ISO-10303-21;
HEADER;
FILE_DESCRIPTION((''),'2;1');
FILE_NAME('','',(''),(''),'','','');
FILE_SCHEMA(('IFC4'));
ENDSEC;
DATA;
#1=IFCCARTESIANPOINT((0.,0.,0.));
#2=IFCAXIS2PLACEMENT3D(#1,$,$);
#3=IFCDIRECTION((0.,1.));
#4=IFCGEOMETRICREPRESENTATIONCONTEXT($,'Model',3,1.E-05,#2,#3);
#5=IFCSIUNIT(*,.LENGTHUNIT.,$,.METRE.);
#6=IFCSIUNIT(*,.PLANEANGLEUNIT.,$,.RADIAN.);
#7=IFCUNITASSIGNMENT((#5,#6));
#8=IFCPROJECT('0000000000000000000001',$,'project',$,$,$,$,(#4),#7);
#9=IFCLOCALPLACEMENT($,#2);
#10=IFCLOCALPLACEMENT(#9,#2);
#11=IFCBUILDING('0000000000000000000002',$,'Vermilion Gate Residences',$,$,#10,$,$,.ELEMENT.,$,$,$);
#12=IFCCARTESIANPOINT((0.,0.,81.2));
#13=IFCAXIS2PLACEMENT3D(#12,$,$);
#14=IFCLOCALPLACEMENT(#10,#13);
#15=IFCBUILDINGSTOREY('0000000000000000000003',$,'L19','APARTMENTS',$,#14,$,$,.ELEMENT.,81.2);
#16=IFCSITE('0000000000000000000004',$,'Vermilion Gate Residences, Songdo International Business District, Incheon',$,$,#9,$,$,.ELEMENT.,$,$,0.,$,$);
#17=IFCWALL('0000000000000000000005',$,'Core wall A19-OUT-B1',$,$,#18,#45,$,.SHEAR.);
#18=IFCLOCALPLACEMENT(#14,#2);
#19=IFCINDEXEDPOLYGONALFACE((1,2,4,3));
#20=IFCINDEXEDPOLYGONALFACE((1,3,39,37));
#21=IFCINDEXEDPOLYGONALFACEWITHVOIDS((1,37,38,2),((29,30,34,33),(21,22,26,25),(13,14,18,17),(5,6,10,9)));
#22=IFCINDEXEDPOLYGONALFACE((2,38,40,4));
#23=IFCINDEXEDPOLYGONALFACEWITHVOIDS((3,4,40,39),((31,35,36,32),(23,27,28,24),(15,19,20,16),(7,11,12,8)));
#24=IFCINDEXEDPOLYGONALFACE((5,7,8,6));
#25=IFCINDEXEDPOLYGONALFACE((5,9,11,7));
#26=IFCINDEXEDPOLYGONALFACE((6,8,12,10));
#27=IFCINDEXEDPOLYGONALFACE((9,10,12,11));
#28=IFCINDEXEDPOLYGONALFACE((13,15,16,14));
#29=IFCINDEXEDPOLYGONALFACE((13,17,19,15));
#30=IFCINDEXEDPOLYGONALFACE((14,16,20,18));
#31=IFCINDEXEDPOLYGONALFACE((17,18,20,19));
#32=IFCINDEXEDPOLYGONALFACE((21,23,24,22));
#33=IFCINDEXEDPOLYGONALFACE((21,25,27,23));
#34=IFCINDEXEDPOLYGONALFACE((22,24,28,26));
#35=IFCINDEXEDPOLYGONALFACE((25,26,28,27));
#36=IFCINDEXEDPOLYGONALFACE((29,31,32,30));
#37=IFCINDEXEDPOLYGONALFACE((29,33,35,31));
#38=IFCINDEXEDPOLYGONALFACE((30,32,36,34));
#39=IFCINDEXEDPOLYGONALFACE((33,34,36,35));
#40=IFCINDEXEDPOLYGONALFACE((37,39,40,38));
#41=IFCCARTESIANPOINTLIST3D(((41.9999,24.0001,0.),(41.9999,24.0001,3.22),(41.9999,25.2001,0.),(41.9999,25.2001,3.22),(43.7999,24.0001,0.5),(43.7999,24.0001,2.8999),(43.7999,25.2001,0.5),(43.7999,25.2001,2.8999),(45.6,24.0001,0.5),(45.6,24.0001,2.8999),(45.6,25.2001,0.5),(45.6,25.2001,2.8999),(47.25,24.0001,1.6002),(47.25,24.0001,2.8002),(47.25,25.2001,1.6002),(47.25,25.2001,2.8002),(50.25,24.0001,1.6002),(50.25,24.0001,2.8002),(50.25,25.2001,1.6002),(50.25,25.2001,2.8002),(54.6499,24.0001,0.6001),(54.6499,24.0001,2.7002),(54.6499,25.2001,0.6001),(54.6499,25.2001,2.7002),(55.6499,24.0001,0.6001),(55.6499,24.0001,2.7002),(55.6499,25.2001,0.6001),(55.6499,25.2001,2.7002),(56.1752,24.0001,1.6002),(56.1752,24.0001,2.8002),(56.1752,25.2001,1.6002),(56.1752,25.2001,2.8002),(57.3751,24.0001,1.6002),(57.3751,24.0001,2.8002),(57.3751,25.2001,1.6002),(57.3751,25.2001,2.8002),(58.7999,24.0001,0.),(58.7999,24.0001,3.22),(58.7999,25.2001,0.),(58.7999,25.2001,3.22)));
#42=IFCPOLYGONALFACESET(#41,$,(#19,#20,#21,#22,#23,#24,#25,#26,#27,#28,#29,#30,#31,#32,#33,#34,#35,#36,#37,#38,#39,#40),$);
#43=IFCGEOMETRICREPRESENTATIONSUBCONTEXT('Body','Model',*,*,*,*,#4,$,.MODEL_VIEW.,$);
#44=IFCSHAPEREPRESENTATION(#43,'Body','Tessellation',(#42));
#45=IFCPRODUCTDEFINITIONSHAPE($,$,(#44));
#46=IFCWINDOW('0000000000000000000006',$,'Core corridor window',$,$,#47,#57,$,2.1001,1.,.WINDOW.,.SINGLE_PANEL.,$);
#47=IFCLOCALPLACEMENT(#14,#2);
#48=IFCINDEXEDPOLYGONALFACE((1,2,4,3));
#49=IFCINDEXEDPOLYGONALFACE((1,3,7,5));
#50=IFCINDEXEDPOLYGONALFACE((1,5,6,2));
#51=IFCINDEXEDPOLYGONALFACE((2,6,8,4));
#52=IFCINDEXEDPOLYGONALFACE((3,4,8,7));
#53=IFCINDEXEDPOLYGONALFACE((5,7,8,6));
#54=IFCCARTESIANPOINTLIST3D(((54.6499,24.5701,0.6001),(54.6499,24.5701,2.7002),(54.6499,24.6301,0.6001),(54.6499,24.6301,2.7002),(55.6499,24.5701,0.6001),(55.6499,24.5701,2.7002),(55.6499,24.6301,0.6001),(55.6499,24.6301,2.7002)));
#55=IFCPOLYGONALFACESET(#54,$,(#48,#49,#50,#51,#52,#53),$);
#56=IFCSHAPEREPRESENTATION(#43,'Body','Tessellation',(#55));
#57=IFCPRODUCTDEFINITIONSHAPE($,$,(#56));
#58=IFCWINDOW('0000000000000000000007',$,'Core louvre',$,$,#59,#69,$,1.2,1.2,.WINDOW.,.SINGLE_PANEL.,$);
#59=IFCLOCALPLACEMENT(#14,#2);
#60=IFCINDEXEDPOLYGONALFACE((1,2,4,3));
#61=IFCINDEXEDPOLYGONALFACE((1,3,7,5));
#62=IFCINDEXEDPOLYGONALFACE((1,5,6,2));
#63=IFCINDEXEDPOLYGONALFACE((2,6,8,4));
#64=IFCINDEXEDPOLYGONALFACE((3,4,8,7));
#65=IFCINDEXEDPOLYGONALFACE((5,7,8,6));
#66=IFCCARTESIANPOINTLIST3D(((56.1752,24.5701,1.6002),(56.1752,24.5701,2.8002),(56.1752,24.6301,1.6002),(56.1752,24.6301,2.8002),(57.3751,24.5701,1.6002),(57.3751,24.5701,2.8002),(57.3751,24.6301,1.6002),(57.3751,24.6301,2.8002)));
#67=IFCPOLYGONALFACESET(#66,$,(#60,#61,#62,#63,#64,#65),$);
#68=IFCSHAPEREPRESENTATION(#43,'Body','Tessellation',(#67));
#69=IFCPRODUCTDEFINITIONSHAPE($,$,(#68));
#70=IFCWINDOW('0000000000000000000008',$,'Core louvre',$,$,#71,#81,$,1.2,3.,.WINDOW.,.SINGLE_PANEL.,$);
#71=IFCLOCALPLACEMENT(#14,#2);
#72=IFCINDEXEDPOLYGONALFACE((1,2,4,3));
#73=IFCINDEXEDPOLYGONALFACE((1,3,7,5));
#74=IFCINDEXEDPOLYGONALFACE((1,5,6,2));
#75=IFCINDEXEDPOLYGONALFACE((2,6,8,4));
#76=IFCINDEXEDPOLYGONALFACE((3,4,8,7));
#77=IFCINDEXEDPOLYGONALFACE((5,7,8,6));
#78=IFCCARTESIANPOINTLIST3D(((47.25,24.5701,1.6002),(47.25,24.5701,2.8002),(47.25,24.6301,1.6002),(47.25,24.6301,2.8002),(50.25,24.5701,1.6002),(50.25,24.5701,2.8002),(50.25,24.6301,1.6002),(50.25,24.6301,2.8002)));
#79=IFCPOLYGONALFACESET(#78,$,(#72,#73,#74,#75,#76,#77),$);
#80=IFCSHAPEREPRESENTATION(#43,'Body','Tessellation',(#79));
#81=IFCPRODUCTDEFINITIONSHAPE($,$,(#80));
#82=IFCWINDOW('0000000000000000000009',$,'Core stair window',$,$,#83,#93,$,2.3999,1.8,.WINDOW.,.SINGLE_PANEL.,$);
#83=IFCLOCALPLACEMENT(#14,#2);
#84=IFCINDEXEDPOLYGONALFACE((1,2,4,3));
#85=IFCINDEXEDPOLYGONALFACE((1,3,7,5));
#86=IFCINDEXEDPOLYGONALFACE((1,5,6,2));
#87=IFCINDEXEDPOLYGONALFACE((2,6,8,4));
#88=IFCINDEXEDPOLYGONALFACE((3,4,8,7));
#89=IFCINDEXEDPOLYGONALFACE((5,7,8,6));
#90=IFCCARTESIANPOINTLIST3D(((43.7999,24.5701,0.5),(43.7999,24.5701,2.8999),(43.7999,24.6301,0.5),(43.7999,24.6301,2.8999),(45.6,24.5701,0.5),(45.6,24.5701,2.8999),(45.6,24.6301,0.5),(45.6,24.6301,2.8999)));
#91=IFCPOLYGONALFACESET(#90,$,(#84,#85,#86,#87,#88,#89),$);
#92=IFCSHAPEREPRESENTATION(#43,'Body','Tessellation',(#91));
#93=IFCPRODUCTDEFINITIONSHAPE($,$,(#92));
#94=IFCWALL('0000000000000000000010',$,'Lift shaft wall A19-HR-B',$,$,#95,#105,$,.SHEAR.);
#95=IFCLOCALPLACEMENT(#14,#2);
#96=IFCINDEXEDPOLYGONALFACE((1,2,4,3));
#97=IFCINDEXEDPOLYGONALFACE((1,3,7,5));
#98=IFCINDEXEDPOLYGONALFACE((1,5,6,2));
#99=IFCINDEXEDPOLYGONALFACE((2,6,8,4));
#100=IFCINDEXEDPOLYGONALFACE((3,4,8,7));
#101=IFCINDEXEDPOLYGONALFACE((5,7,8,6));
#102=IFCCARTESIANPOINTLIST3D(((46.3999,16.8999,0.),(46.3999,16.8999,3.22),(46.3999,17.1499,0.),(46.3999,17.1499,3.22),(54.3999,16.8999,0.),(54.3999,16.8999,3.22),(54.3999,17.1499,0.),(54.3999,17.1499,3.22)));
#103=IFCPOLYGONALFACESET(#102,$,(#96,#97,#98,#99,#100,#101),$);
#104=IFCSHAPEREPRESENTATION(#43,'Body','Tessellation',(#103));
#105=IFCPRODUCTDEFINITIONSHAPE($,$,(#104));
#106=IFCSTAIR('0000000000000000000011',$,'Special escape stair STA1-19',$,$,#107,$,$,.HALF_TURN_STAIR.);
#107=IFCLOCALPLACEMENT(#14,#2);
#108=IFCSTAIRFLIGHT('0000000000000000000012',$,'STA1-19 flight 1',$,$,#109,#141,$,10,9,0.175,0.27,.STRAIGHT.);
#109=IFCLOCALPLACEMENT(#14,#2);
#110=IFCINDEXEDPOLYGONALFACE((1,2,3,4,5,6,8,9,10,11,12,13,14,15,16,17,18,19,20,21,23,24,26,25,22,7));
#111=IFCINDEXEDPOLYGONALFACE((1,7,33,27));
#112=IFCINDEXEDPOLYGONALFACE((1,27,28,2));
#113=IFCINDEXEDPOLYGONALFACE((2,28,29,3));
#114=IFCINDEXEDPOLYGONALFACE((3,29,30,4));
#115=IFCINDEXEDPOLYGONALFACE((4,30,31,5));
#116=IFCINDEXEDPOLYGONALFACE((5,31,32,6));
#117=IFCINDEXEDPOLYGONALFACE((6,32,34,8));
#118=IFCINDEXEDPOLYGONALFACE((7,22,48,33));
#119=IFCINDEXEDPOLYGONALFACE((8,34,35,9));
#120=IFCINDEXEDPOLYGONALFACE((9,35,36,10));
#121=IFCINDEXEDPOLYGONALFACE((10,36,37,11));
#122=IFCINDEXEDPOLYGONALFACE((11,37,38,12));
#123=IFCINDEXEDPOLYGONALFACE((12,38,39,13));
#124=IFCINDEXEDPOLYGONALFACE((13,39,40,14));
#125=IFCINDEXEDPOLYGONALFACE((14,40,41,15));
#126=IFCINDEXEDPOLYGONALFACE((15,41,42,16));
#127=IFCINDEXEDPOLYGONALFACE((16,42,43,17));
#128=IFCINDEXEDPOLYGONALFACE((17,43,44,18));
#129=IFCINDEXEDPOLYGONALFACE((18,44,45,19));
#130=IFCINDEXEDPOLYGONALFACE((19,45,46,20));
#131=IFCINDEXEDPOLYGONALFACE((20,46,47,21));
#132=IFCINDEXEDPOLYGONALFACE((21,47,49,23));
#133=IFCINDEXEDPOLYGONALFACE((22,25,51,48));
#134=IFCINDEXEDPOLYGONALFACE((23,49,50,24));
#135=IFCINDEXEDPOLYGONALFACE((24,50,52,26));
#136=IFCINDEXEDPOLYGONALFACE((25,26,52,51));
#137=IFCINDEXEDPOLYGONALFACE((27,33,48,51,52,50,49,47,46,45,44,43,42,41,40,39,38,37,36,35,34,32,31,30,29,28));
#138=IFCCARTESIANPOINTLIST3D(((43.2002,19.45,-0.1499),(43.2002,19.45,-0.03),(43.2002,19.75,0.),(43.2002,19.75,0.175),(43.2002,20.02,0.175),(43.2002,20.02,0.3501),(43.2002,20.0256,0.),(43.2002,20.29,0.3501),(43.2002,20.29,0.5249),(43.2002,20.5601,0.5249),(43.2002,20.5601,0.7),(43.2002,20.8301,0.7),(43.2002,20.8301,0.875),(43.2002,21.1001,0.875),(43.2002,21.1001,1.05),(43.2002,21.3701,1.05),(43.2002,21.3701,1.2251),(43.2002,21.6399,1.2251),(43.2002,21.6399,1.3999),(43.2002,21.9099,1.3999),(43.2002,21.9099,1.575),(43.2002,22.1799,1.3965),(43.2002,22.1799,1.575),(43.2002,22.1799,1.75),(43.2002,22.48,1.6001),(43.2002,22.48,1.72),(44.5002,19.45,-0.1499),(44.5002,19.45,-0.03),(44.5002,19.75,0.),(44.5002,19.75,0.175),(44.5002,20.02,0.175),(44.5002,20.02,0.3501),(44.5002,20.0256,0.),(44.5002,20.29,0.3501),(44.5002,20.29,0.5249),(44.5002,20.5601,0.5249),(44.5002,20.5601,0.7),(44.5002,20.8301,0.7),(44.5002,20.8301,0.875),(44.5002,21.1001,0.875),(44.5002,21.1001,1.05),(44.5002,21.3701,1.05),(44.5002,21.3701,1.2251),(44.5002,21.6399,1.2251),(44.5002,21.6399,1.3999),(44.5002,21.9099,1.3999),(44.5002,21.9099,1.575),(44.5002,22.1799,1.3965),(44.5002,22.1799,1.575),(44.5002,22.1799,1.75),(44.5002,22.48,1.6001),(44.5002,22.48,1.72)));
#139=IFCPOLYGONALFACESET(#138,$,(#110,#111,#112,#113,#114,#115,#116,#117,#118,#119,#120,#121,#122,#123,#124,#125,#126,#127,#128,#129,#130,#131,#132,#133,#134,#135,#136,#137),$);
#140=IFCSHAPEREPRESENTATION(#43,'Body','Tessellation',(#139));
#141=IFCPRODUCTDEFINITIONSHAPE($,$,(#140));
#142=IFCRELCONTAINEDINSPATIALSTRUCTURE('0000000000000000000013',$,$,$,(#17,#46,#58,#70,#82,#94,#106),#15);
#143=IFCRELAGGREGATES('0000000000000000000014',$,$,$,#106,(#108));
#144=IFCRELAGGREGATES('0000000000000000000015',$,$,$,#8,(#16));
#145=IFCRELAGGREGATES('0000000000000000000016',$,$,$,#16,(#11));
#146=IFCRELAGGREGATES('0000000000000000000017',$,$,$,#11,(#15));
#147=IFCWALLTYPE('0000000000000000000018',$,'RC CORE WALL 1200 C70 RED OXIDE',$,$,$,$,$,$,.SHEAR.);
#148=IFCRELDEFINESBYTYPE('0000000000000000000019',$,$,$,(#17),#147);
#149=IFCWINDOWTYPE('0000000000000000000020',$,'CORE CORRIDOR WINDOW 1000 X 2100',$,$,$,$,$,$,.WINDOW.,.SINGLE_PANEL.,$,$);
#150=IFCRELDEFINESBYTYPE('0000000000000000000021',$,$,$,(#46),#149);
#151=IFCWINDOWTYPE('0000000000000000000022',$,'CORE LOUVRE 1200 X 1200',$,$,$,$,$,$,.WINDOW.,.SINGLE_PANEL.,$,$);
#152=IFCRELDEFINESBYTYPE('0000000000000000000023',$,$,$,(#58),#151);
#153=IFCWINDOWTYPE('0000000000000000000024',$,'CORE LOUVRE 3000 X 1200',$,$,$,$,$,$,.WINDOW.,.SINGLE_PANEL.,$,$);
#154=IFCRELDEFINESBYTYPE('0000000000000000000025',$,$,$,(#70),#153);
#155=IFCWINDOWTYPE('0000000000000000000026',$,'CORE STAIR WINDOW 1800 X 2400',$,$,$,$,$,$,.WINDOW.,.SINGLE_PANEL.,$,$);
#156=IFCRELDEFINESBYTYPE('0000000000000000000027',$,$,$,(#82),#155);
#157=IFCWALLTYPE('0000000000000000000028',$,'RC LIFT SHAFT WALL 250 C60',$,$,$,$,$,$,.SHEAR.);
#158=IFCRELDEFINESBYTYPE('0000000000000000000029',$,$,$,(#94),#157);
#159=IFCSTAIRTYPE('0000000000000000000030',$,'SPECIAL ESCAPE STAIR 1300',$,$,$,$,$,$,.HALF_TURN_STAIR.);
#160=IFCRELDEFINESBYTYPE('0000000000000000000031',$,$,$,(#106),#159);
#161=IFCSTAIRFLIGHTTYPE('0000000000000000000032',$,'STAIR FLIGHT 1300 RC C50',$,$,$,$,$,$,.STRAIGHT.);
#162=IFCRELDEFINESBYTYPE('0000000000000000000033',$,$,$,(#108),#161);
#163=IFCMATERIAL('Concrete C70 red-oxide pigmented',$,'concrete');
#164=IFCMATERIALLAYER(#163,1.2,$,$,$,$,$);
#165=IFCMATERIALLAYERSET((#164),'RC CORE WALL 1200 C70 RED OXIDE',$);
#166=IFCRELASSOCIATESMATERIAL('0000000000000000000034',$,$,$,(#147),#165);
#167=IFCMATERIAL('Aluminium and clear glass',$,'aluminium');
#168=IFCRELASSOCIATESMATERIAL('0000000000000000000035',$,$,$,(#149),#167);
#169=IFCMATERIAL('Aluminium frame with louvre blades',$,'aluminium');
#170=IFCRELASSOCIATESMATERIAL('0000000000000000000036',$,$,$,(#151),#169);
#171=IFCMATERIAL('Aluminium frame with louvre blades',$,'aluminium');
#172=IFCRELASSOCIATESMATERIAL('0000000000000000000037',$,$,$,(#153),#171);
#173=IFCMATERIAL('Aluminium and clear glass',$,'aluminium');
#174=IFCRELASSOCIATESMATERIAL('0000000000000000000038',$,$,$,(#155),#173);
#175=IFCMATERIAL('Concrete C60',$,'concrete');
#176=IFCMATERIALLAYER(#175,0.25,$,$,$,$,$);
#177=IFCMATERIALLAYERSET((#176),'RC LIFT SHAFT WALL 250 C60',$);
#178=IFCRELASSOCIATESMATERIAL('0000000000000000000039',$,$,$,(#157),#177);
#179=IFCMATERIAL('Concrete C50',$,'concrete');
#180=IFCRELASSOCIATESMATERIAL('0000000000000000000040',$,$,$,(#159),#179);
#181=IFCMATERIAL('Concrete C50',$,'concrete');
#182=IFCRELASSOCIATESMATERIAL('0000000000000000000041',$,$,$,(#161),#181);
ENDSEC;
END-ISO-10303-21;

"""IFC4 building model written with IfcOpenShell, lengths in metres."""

from ifc_helpers import new_model, si_unit, direction, frame, frame_2d, origin, place, context, subcontext, project, spatial, polyline, rectangle, outline, extrude, material, layer, layer_set, type_object, element, fill, aggregate, save


model = new_model("IFC4")

# Units and contexts
model_context = context("Model", 3, precision=1e-05, world=origin(), true_north=direction((0.0, 1.0)))
body_context = subcontext(model_context, "Body", "Model", "MODEL_VIEW")
ifc_project = project(units=[si_unit("LENGTHUNIT", "METRE"), si_unit("PLANEANGLEUNIT", "RADIAN")], contexts=[model_context])

# Site, building, storey
site_placement = place(None, origin())
site = spatial("IfcSite", under=ifc_project, at=site_placement, Name="Vermilion Gate Residences, Songdo International Business District, Incheon", CompositionType="ELEMENT", RefElevation=0.0)
building_placement = place(site_placement, origin())
building = spatial("IfcBuilding", under=site, at=building_placement, Name="Vermilion Gate Residences", CompositionType="ELEMENT")
storey_placement = place(building_placement, frame((0.0, 0.0, 81.2)))
storey = spatial("IfcBuildingStorey", under=building, at=storey_placement, Name="L19", Description="APARTMENTS", CompositionType="ELEMENT", Elevation=81.2)

# Wall, openings, windows
ifc_material_1 = material(Name="Concrete C70 red-oxide pigmented", Category="concrete")
ifc_layer_1 = layer(ifc_material_1, 1.2)
ifc_layer_set_1 = layer_set([ifc_layer_1], Name="RC CORE WALL 1200 C70 RED OXIDE")
wall_type_1 = type_object("IfcWallType", Name="RC CORE WALL 1200 C70 RED OXIDE", PredefinedType="SHEAR", material=ifc_layer_set_1)
wall_1_placement = place(storey_placement, frame((42.0, 24.6001, 0.0), z_axis=(0.0, 0.0, 1.0), x_axis=(1.0, 0.0, 0.0)))
wall_1 = element("IfcWall", 1, at=wall_1_placement, inside=storey, type_object=wall_type_1, Name="Core wall A19-OUT-B1", PredefinedType="SHEAR", context=body_context, shape_type="SweptSolid", body=[
    extrude(rectangle(XDim=16.8, YDim=1.2, at=frame_2d((8.3999, 0.0))), origin(), (0.0, 0.0, 1.0), 3.22),
])
opening_1_placement = place(wall_1_placement, frame((1.8, 0.0, 0.5)))
opening_1 = element("IfcOpeningElement", 2, at=opening_1_placement, cuts=wall_1, PredefinedType="OPENING", context=body_context, shape_type="SweptSolid", body=[
    extrude(rectangle(XDim=1.8, YDim=2.3999, at=frame_2d((0.8999, 1.2))), frame((0.0, 0.6099, 0.0), z_axis=(0.0, -1.0, 0.0), x_axis=(1.0, 0.0, 0.0)), (0.0, 0.0, 1.0), 1.22),
])
opening_2_placement = place(wall_1_placement, frame((5.25, 0.0, 1.6001)))
opening_2 = element("IfcOpeningElement", 3, at=opening_2_placement, cuts=wall_1, PredefinedType="OPENING", context=body_context, shape_type="SweptSolid", body=[
    extrude(rectangle(XDim=3.0, YDim=1.2, at=frame_2d((1.5, 0.6001))), frame((0.0, 0.6099, 0.0), z_axis=(0.0, -1.0, 0.0), x_axis=(1.0, 0.0, 0.0)), (0.0, 0.0, 1.0), 1.22),
])
opening_3_placement = place(wall_1_placement, frame((12.6499, 0.0, 0.6001)))
opening_3 = element("IfcOpeningElement", 4, at=opening_3_placement, cuts=wall_1, PredefinedType="OPENING", context=body_context, shape_type="SweptSolid", body=[
    extrude(rectangle(XDim=1.0, YDim=2.1001, at=frame_2d((0.5, 1.05))), frame((0.0, 0.6099, 0.0), z_axis=(0.0, -1.0, 0.0), x_axis=(1.0, 0.0, 0.0)), (0.0, 0.0, 1.0), 1.22),
])
opening_4_placement = place(wall_1_placement, frame((14.175, 0.0, 1.6001)))
opening_4 = element("IfcOpeningElement", 5, at=opening_4_placement, cuts=wall_1, PredefinedType="OPENING", context=body_context, shape_type="SweptSolid", body=[
    extrude(rectangle(XDim=1.2, YDim=1.2, at=frame_2d((0.6001, 0.6001))), frame((0.0, 0.6099, 0.0), z_axis=(0.0, -1.0, 0.0), x_axis=(1.0, 0.0, 0.0)), (0.0, 0.0, 1.0), 1.22),
])
ifc_material_2 = material(Name="Aluminium and clear glass", Category="aluminium")
window_type_1 = type_object("IfcWindowType", Name="CORE CORRIDOR WINDOW 1000 X 2100", PartitioningType="SINGLE_PANEL", PredefinedType="WINDOW", material=ifc_material_2)
window_1_placement = place(opening_3_placement, origin())
window_1 = element("IfcWindow", 6, at=window_1_placement, inside=storey, type_object=window_type_1, Name="Core corridor window", OverallHeight=2.1001, OverallWidth=1.0, PartitioningType="SINGLE_PANEL", PredefinedType="WINDOW", context=body_context, shape_type="SweptSolid", body=[
    extrude(rectangle(XDim=1.0, YDim=2.1001, at=frame_2d((0.5, 1.05))), frame((0.0, 0.03, 0.0), z_axis=(0.0, -1.0, 0.0), x_axis=(1.0, 0.0, 0.0)), (0.0, 0.0, 1.0), 0.0601),
])
fill(opening_3, window_1)
ifc_material_3 = material(Name="Aluminium frame with louvre blades", Category="aluminium")
window_type_2 = type_object("IfcWindowType", Name="CORE LOUVRE 1200 X 1200", PartitioningType="SINGLE_PANEL", PredefinedType="WINDOW", material=ifc_material_3)
window_2_placement = place(opening_4_placement, origin())
window_2 = element("IfcWindow", 7, at=window_2_placement, inside=storey, type_object=window_type_2, Name="Core louvre", OverallHeight=1.2, OverallWidth=1.2, PartitioningType="SINGLE_PANEL", PredefinedType="WINDOW", context=body_context, shape_type="SweptSolid", body=[
    extrude(rectangle(XDim=1.2, YDim=1.2, at=frame_2d((0.6001, 0.6001))), frame((0.0, 0.03, 0.0), z_axis=(0.0, -1.0, 0.0), x_axis=(1.0, 0.0, 0.0)), (0.0, 0.0, 1.0), 0.0601),
])
fill(opening_4, window_2)
ifc_material_4 = material(Name="Aluminium frame with louvre blades", Category="aluminium")
window_type_3 = type_object("IfcWindowType", Name="CORE LOUVRE 3000 X 1200", PartitioningType="SINGLE_PANEL", PredefinedType="WINDOW", material=ifc_material_4)
window_3_placement = place(opening_2_placement, origin())
window_3 = element("IfcWindow", 8, at=window_3_placement, inside=storey, type_object=window_type_3, Name="Core louvre", OverallHeight=1.2, OverallWidth=3.0, PartitioningType="SINGLE_PANEL", PredefinedType="WINDOW", context=body_context, shape_type="SweptSolid", body=[
    extrude(rectangle(XDim=3.0, YDim=1.2, at=frame_2d((1.5, 0.6001))), frame((0.0, 0.03, 0.0), z_axis=(0.0, -1.0, 0.0), x_axis=(1.0, 0.0, 0.0)), (0.0, 0.0, 1.0), 0.0601),
])
fill(opening_2, window_3)
ifc_material_5 = material(Name="Aluminium and clear glass", Category="aluminium")
window_type_4 = type_object("IfcWindowType", Name="CORE STAIR WINDOW 1800 X 2400", PartitioningType="SINGLE_PANEL", PredefinedType="WINDOW", material=ifc_material_5)
window_4_placement = place(opening_1_placement, origin())
window_4 = element("IfcWindow", 9, at=window_4_placement, inside=storey, type_object=window_type_4, Name="Core stair window", OverallHeight=2.3999, OverallWidth=1.8, PartitioningType="SINGLE_PANEL", PredefinedType="WINDOW", context=body_context, shape_type="SweptSolid", body=[
    extrude(rectangle(XDim=1.8, YDim=2.3999, at=frame_2d((0.8999, 1.2))), frame((0.0, 0.03, 0.0), z_axis=(0.0, -1.0, 0.0), x_axis=(1.0, 0.0, 0.0)), (0.0, 0.0, 1.0), 0.0601),
])
fill(opening_1, window_4)

# Wall
ifc_material_6 = material(Name="Concrete C60", Category="concrete")
ifc_layer_2 = layer(ifc_material_6, 0.25)
ifc_layer_set_2 = layer_set([ifc_layer_2], Name="RC LIFT SHAFT WALL 250 C60")
wall_type_2 = type_object("IfcWallType", Name="RC LIFT SHAFT WALL 250 C60", PredefinedType="SHEAR", material=ifc_layer_set_2)
wall_2_placement = place(storey_placement, frame((46.3999, 17.0249, 0.0), z_axis=(0.0, 0.0, 1.0), x_axis=(1.0, 0.0, 0.0)))
element("IfcWall", 10, at=wall_2_placement, inside=storey, type_object=wall_type_2, Name="Lift shaft wall A19-HR-B", PredefinedType="SHEAR", context=body_context, shape_type="SweptSolid", body=[
    extrude(rectangle(XDim=8.0, YDim=0.25, at=frame_2d((4.0, 0.0))), origin(), (0.0, 0.0, 1.0), 3.22),
])

# Stair, stair flight
ifc_material_7 = material(Name="Concrete C50", Category="concrete")
stair_type = type_object("IfcStairType", Name="SPECIAL ESCAPE STAIR 1300", PredefinedType="HALF_TURN_STAIR", material=ifc_material_7)
stair_placement = place(storey_placement, origin())
stair = element("IfcStair", 11, at=stair_placement, inside=storey, type_object=stair_type, Name="Special escape stair STA1-19", PredefinedType="HALF_TURN_STAIR")
ifc_material_8 = material(Name="Concrete C50", Category="concrete")
stair_flight_type = type_object("IfcStairFlightType", Name="STAIR FLIGHT 1300 RC C50", PredefinedType="STRAIGHT", material=ifc_material_8)
stair_flight_1_placement = place(storey_placement, frame((43.8501, 19.75, 0.0), z_axis=(0.0, 0.0, 1.0), x_axis=(0.0, 1.0, 0.0)))
stair_flight_1 = element("IfcStairFlight", 12, at=stair_flight_1_placement, type_object=stair_flight_type, Name="STA1-19 flight 1", NumberOfRisers=10, NumberOfTreads=9, PredefinedType="STRAIGHT", RiserHeight=0.175, TreadLength=0.27, context=body_context, shape_type="SweptSolid", body=[
    extrude(outline(polyline([(-0.3, -0.1499), (-0.3, -0.03), (0.0, 0.0), (0.0, 0.175), (0.27, 0.175), (0.27, 0.3501), (0.54, 0.3501), (0.54, 0.5249), (0.8101, 0.5249), (0.8101, 0.7), (1.0801, 0.7), (1.0801, 0.875), (1.3501, 0.875), (1.3501, 1.05), (1.6201, 1.05), (1.6201, 1.2251), (1.8899, 1.2251), (1.8899, 1.3999), (2.1599, 1.3999), (2.1599, 1.575), (2.4299, 1.575), (2.4299, 1.75), (2.73, 1.72), (2.73, 1.6001), (2.4299, 1.3965), (0.2756, 0.0), (-0.3, -0.1499)])), frame((0.0, 0.6499, 0.0), z_axis=(0.0, -1.0, 0.0), x_axis=(1.0, 0.0, 0.0)), (0.0, 0.0, 1.0), 1.3),
])
aggregate(stair, [stair_flight_1])

save(model, "model.ifc")
